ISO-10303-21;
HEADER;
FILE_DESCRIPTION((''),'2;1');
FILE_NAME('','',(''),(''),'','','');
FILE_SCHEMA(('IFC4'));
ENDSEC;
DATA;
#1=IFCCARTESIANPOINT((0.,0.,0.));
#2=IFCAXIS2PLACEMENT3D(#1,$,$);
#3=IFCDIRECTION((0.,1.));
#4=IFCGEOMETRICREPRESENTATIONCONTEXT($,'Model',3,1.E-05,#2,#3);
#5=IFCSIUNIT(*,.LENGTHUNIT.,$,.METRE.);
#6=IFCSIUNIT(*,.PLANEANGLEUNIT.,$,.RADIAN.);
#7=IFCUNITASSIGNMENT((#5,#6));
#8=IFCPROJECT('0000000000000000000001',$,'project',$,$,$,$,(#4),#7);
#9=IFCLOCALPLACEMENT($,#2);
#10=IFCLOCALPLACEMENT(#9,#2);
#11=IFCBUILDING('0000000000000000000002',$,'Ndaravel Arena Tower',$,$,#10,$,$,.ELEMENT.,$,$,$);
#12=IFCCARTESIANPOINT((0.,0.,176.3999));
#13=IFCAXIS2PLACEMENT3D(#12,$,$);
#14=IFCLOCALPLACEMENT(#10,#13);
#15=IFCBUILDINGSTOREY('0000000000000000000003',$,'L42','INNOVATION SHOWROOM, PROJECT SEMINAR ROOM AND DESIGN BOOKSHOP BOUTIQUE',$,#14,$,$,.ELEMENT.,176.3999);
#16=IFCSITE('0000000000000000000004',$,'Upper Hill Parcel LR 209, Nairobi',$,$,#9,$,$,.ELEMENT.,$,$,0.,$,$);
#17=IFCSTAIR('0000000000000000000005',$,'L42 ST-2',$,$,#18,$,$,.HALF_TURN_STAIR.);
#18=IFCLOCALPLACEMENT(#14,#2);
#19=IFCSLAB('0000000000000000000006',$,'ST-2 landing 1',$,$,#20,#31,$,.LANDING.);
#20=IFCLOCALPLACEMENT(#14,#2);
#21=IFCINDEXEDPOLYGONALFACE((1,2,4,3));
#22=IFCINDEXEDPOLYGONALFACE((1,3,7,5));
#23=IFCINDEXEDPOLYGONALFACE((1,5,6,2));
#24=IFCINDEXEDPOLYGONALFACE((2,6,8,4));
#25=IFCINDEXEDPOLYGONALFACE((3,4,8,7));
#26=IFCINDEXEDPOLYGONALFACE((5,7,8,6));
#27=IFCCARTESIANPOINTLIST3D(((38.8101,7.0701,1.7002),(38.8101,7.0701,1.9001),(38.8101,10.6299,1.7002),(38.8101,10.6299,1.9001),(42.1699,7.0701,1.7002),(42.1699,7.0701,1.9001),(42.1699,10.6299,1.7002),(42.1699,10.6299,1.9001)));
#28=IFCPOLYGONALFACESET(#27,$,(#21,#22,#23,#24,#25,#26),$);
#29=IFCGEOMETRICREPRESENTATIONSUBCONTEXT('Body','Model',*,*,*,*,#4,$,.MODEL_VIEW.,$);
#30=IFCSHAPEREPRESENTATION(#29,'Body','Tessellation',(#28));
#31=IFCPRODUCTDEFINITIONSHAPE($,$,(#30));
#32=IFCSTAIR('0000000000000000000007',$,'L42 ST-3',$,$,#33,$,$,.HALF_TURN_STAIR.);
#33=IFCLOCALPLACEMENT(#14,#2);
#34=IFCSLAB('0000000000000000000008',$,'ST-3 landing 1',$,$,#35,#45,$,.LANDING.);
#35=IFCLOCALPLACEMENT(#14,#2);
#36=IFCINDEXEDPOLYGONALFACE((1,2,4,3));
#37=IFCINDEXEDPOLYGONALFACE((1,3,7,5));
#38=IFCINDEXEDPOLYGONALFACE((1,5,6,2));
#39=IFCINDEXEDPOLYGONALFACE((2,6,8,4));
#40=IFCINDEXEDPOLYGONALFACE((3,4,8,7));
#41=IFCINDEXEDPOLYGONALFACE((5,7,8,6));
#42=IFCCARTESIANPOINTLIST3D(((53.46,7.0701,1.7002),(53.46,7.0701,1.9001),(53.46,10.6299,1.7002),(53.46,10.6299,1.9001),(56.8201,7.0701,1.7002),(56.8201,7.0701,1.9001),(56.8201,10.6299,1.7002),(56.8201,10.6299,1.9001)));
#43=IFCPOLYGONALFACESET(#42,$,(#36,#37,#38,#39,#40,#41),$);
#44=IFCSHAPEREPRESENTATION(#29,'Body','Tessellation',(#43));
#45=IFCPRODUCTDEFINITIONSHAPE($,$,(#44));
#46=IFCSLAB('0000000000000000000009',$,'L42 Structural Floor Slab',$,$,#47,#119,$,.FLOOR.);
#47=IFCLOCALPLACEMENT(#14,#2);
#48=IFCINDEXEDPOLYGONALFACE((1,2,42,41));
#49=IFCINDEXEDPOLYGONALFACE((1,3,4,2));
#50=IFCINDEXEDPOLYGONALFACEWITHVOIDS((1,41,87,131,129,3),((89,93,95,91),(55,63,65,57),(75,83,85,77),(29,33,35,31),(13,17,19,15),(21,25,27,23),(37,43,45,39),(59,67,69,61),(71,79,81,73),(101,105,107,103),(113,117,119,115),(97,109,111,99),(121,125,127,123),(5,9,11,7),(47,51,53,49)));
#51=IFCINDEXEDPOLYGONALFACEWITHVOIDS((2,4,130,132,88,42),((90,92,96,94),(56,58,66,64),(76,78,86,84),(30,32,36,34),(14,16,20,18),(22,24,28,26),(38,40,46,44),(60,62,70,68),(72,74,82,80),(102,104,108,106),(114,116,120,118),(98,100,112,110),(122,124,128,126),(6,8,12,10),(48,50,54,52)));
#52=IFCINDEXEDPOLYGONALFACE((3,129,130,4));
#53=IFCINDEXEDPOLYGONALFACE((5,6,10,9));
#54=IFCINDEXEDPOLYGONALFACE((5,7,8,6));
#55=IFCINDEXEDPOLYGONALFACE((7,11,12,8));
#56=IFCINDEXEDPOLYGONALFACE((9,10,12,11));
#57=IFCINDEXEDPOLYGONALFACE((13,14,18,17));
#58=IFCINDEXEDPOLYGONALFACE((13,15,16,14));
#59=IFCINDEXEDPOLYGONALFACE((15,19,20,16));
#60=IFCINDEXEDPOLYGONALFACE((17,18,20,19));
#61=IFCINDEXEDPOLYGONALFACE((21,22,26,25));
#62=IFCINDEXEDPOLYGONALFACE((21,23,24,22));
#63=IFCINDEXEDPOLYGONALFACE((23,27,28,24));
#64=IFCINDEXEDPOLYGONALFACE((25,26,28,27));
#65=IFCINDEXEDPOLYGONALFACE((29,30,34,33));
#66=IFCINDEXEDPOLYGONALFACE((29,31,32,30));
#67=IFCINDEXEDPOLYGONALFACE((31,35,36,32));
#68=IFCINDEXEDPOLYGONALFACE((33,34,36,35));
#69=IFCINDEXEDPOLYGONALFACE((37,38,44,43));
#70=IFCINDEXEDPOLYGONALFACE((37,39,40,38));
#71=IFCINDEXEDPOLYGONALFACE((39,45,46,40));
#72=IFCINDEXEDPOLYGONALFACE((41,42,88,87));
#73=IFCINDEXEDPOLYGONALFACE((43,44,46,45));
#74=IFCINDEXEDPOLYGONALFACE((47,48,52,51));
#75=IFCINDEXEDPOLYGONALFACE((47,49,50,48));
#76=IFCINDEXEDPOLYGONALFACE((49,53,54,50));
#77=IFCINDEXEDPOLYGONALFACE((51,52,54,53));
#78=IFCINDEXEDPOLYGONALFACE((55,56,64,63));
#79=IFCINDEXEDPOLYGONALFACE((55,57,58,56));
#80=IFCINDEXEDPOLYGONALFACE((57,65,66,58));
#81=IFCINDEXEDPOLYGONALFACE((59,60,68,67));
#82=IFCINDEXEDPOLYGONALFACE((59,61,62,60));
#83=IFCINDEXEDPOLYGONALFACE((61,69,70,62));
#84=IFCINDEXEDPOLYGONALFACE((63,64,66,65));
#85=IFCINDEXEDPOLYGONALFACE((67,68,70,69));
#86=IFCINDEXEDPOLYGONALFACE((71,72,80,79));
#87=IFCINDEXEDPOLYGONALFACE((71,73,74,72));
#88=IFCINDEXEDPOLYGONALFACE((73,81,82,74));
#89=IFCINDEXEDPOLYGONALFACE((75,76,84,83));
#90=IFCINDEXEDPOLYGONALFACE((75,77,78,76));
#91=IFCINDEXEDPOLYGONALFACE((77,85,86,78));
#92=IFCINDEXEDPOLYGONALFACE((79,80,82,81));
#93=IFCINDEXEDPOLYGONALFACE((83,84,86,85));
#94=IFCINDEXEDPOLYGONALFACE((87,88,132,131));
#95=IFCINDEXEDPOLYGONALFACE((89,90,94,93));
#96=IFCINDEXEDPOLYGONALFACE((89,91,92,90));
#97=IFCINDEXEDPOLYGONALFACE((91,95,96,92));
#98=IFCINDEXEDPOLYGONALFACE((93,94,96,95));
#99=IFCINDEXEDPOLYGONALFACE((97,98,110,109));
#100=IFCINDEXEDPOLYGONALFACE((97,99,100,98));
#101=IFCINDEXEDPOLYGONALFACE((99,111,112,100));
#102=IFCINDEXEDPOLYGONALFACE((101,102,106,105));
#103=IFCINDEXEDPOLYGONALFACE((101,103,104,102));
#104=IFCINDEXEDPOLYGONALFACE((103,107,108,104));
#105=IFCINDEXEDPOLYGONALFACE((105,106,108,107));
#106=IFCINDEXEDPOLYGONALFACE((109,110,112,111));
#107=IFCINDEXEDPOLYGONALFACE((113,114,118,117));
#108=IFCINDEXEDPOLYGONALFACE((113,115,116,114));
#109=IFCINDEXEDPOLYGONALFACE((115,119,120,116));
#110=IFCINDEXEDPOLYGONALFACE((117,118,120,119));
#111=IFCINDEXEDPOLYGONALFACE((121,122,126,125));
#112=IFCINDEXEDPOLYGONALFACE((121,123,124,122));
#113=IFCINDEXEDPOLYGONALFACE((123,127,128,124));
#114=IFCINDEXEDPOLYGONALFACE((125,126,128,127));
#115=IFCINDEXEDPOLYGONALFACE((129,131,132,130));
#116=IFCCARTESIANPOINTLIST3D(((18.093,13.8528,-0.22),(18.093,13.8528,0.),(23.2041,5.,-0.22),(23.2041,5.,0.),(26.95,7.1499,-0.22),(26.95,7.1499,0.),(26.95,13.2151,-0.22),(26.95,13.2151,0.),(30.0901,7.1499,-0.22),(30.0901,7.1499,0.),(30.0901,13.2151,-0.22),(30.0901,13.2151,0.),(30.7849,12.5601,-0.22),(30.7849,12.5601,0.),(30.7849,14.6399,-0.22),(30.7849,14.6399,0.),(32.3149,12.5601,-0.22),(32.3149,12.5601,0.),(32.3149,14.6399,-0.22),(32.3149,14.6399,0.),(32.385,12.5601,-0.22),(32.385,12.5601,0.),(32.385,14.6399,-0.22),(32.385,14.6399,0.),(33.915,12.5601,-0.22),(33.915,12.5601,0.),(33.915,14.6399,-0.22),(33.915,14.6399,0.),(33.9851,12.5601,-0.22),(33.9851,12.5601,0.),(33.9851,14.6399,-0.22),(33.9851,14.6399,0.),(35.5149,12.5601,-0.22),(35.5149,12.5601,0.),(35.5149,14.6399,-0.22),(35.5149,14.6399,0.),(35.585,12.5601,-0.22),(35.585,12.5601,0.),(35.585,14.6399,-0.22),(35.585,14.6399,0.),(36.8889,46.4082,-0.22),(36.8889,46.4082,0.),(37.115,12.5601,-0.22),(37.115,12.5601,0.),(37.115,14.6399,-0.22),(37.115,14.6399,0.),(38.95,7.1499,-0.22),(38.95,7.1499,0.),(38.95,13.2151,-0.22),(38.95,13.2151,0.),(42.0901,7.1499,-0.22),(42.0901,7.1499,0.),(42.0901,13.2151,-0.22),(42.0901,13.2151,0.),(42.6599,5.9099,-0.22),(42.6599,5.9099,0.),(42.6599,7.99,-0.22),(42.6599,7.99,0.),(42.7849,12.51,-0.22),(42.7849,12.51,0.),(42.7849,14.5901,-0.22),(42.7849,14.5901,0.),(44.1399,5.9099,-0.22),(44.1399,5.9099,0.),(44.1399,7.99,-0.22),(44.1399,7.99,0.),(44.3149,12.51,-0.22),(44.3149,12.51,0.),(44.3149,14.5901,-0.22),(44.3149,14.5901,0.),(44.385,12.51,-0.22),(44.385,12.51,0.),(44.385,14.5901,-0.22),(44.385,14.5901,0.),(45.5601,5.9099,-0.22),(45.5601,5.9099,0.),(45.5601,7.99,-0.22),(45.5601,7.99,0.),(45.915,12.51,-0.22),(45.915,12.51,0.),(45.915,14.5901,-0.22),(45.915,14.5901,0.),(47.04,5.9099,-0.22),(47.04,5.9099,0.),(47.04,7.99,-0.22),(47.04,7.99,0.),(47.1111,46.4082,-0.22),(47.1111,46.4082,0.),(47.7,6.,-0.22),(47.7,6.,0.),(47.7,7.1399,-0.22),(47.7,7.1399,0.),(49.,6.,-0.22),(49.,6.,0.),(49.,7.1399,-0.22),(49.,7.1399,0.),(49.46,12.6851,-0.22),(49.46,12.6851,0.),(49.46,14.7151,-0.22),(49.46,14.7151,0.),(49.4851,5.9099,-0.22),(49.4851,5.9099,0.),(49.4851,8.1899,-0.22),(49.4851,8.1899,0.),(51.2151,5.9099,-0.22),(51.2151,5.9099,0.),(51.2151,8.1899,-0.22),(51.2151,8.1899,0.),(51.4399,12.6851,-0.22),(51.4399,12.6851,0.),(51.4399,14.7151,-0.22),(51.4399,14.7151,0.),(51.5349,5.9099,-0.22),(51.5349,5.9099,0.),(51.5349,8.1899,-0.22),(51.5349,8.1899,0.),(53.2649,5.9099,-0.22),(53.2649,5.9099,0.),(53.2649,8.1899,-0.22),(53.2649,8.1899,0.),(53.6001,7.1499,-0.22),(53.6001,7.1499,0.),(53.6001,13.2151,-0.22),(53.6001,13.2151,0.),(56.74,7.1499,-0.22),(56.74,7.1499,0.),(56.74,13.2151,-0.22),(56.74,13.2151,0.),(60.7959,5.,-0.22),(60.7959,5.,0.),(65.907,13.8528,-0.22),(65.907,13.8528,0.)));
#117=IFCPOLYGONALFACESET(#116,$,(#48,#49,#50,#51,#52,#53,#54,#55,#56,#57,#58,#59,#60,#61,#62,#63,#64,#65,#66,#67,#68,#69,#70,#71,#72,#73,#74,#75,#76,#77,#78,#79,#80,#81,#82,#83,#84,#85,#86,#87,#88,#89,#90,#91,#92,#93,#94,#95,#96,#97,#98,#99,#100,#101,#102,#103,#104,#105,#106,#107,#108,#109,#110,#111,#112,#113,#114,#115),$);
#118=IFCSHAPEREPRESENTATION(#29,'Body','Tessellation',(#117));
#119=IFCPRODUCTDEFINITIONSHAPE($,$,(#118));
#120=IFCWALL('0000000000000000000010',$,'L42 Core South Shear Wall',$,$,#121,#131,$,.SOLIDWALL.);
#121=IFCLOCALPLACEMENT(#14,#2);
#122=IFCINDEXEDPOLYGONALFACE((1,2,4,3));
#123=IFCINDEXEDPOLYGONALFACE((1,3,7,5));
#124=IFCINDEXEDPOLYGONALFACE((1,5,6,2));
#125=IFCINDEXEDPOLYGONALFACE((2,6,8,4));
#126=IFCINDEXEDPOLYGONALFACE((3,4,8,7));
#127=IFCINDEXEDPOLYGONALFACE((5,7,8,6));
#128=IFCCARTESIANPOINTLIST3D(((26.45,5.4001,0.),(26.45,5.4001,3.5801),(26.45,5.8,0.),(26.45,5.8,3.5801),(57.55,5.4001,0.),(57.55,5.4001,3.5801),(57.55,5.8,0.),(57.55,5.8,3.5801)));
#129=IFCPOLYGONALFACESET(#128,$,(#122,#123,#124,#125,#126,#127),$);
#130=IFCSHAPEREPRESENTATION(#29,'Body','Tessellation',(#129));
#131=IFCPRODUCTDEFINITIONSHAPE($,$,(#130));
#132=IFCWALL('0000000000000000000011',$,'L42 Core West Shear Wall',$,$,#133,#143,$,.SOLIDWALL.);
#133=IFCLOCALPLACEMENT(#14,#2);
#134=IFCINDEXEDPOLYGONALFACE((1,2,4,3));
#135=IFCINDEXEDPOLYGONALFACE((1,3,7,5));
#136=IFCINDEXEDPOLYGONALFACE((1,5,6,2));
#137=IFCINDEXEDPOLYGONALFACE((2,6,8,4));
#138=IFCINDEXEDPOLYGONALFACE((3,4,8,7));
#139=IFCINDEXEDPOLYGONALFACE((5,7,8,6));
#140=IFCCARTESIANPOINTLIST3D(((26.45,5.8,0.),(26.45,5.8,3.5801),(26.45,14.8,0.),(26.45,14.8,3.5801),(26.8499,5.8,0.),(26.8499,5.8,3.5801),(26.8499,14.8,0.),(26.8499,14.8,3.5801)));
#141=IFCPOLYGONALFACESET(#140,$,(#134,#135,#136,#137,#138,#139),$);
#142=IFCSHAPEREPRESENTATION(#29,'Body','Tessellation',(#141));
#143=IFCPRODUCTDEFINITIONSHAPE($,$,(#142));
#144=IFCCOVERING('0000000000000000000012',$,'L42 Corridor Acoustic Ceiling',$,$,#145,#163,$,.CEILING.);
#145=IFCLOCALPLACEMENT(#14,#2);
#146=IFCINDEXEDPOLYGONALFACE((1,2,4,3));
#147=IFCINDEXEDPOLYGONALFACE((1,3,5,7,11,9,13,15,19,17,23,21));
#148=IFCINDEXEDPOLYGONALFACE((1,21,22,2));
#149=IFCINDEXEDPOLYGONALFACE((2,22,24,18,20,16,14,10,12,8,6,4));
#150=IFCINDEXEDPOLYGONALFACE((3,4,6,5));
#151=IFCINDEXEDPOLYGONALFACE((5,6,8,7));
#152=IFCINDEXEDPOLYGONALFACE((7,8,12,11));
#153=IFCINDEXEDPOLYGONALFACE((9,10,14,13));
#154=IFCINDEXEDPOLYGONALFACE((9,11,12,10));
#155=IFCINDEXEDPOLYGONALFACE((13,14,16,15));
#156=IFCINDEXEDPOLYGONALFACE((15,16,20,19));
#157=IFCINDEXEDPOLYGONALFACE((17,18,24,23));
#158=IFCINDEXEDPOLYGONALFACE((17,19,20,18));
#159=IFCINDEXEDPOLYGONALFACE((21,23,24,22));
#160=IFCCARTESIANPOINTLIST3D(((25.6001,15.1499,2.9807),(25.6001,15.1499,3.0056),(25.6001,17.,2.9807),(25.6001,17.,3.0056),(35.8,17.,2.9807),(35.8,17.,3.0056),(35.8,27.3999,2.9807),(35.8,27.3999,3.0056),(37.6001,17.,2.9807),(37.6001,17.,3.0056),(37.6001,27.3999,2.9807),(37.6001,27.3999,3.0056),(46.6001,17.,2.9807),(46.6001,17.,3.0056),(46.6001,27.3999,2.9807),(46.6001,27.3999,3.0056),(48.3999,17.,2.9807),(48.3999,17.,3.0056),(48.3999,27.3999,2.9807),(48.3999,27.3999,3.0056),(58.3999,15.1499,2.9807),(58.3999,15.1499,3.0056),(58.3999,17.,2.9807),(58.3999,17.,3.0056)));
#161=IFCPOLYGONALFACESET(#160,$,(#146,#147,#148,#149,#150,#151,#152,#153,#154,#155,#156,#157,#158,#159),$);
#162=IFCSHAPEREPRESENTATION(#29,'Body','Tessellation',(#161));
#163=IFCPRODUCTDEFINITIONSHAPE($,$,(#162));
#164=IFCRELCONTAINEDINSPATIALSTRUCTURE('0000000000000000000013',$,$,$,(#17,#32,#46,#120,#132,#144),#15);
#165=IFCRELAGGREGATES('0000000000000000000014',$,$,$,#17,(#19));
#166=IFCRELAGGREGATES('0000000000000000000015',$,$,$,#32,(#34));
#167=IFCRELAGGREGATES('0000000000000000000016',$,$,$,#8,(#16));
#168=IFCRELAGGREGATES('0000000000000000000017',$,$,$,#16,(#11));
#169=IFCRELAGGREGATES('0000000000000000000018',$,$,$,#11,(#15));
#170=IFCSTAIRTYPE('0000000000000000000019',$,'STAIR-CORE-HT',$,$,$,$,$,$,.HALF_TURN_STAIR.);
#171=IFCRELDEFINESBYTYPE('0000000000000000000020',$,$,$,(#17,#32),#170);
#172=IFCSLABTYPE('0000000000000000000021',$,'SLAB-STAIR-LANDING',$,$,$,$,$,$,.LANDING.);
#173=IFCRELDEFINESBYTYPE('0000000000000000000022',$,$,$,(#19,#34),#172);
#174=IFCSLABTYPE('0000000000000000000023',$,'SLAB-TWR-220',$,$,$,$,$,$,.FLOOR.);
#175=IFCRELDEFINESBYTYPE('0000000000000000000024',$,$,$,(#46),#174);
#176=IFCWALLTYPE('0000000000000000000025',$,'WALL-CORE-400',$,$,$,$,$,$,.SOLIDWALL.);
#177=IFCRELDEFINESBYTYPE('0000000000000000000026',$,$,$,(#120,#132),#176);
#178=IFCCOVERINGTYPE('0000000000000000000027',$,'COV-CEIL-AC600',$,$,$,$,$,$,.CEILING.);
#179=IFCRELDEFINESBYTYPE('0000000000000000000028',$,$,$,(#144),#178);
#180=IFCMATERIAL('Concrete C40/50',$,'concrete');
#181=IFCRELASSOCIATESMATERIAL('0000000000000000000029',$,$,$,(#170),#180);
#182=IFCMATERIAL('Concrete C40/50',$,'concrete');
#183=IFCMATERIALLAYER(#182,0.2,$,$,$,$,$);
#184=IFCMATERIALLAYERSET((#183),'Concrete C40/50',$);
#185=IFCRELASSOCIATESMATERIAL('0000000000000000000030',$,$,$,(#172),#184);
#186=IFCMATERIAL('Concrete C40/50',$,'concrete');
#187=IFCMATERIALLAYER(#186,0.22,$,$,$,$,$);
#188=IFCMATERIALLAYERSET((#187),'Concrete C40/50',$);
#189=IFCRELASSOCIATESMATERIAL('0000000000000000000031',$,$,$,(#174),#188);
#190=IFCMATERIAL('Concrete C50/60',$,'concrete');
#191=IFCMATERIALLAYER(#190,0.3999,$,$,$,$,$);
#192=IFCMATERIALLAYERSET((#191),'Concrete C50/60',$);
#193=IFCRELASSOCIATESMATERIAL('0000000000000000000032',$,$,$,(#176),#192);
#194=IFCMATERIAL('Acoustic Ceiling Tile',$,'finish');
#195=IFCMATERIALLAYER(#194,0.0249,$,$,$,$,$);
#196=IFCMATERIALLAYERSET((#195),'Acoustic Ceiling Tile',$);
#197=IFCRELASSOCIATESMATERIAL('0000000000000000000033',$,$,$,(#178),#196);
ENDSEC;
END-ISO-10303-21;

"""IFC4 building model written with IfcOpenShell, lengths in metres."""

from ifc_helpers import new_model, si_unit, direction, frame, frame_2d, origin, place, context, subcontext, project, spatial, polyline, rectangle, outline, extrude, material, layer, layer_set, type_object, element, aggregate, save


model = new_model("IFC4")

# Units and contexts
model_context = context("Model", 3, precision=1e-05, world=origin(), true_north=direction((0.0, 1.0)))
body_context = subcontext(model_context, "Body", "Model", "MODEL_VIEW")
ifc_project = project(units=[si_unit("LENGTHUNIT", "METRE"), si_unit("PLANEANGLEUNIT", "RADIAN")], contexts=[model_context])

# Site, building, storey
site_placement = place(None, origin())
site = spatial("IfcSite", under=ifc_project, at=site_placement, Name="Upper Hill Parcel LR 209, Nairobi", CompositionType="ELEMENT", RefElevation=0.0)
building_placement = place(site_placement, origin())
building = spatial("IfcBuilding", under=site, at=building_placement, Name="Ndaravel Arena Tower", CompositionType="ELEMENT")
storey_placement = place(building_placement, frame((0.0, 0.0, 176.3999)))
storey = spatial("IfcBuildingStorey", under=building, at=storey_placement, Name="L42", Description="INNOVATION SHOWROOM, PROJECT SEMINAR ROOM AND DESIGN BOOKSHOP BOUTIQUE", CompositionType="ELEMENT", Elevation=176.3999)

# Stairs, slabs
ifc_material_1 = material(Name="Concrete C40/50", Category="concrete")
stair_type = type_object("IfcStairType", Name="STAIR-CORE-HT", PredefinedType="HALF_TURN_STAIR", material=ifc_material_1)
ifc_material_2 = material(Name="Concrete C40/50", Category="concrete")
ifc_layer_1 = layer(ifc_material_2, 0.2)
ifc_layer_set_1 = layer_set([ifc_layer_1], Name="Concrete C40/50")
slab_type_1 = type_object("IfcSlabType", Name="SLAB-STAIR-LANDING", PredefinedType="LANDING", material=ifc_layer_set_1)
stair_1_placement = place(storey_placement, origin())
stair_1 = element("IfcStair", 1, at=stair_1_placement, inside=storey, type_object=stair_type, Name="L42 ST-2", PredefinedType="HALF_TURN_STAIR")
slab_1_placement = place(storey_placement, frame((0.0, 0.0, 1.7002)))
slab_1 = element("IfcSlab", 2, at=slab_1_placement, type_object=slab_type_1, Name="ST-2 landing 1", PredefinedType="LANDING", context=body_context, shape_type="SweptSolid", body=[
    extrude(outline(polyline([(38.8101, 10.6299), (38.8101, 7.0701), (42.1699, 7.0701), (42.1699, 10.6299), (38.8101, 10.6299)])), origin(), (0.0, 0.0, 1.0), 0.2),
])
aggregate(stair_1, [slab_1])
stair_2_placement = place(storey_placement, origin())
stair_2 = element("IfcStair", 3, at=stair_2_placement, inside=storey, type_object=stair_type, Name="L42 ST-3", PredefinedType="HALF_TURN_STAIR")
slab_2_placement = place(storey_placement, frame((0.0, 0.0, 1.7002)))
slab_2 = element("IfcSlab", 4, at=slab_2_placement, type_object=slab_type_1, Name="ST-3 landing 1", PredefinedType="LANDING", context=body_context, shape_type="SweptSolid", body=[
    extrude(outline(polyline([(53.46, 10.6299), (53.46, 7.0701), (56.8201, 7.0701), (56.8201, 10.6299), (53.46, 10.6299)])), origin(), (0.0, 0.0, 1.0), 0.2),
])
aggregate(stair_2, [slab_2])

# Slab
ifc_material_3 = material(Name="Concrete C40/50", Category="concrete")
ifc_layer_2 = layer(ifc_material_3, 0.22)
ifc_layer_set_2 = layer_set([ifc_layer_2], Name="Concrete C40/50")
slab_type_2 = type_object("IfcSlabType", Name="SLAB-TWR-220", PredefinedType="FLOOR", material=ifc_layer_set_2)
slab_3_placement = place(storey_placement, frame((0.0, 0.0, -0.22)))
element("IfcSlab", 5, at=slab_3_placement, inside=storey, type_object=slab_type_2, Name="L42 Structural Floor Slab", PredefinedType="FLOOR", context=body_context, shape_type="SweptSolid", body=[
    extrude(outline(polyline([(18.093, 13.8528), (23.2041, 5.0), (60.7959, 5.0), (65.907, 13.8528), (47.1111, 46.4082), (36.8889, 46.4082), (18.093, 13.8528)]), holes=[polyline([(26.95, 13.2151), (26.95, 7.1499), (30.0901, 7.1499), (30.0901, 13.2151), (26.95, 13.2151)]), polyline([(38.95, 13.2151), (38.95, 7.1499), (42.0901, 7.1499), (42.0901, 13.2151), (38.95, 13.2151)]), polyline([(53.6001, 13.2151), (53.6001, 7.1499), (56.74, 7.1499), (56.74, 13.2151), (53.6001, 13.2151)]), polyline([(30.7849, 12.5601), (32.3149, 12.5601), (32.3149, 14.6399), (30.7849, 14.6399), (30.7849, 12.5601)]), polyline([(32.385, 12.5601), (33.915, 12.5601), (33.915, 14.6399), (32.385, 14.6399), (32.385, 12.5601)]), polyline([(33.9851, 12.5601), (35.5149, 12.5601), (35.5149, 14.6399), (33.9851, 14.6399), (33.9851, 12.5601)]), polyline([(35.585, 12.5601), (37.115, 12.5601), (37.115, 14.6399), (35.585, 14.6399), (35.585, 12.5601)]), polyline([(42.6599, 5.9099), (44.1399, 5.9099), (44.1399, 7.99), (42.6599, 7.99), (42.6599, 5.9099)]), polyline([(45.5601, 5.9099), (47.04, 5.9099), (47.04, 7.99), (45.5601, 7.99), (45.5601, 5.9099)]), polyline([(42.7849, 12.51), (44.3149, 12.51), (44.3149, 14.5901), (42.7849, 14.5901), (42.7849, 12.51)]), polyline([(44.385, 12.51), (45.915, 12.51), (45.915, 14.5901), (44.385, 14.5901), (44.385, 12.51)]), polyline([(49.4851, 5.9099), (51.2151, 5.9099), (51.2151, 8.1899), (49.4851, 8.1899), (49.4851, 5.9099)]), polyline([(51.5349, 5.9099), (53.2649, 5.9099), (53.2649, 8.1899), (51.5349, 8.1899), (51.5349, 5.9099)]), polyline([(49.46, 12.6851), (51.4399, 12.6851), (51.4399, 14.7151), (49.46, 14.7151), (49.46, 12.6851)]), polyline([(47.7, 6.0), (49.0, 6.0), (49.0, 7.1399), (47.7, 7.1399), (47.7, 6.0)])]), origin(), (0.0, 0.0, 1.0), 0.22),
])

# Walls
ifc_material_4 = material(Name="Concrete C50/60", Category="concrete")
ifc_layer_3 = layer(ifc_material_4, 0.3999)
ifc_layer_set_3 = layer_set([ifc_layer_3], Name="Concrete C50/60")
wall_type = type_object("IfcWallType", Name="WALL-CORE-400", PredefinedType="SOLIDWALL", material=ifc_layer_set_3)
wall_1_placement = place(storey_placement, frame((26.45, 5.6001, 0.0), z_axis=(0.0, 0.0, 1.0), x_axis=(1.0, 0.0, 0.0)))
element("IfcWall", 6, at=wall_1_placement, inside=storey, type_object=wall_type, Name="L42 Core South Shear Wall", PredefinedType="SOLIDWALL", context=body_context, shape_type="SweptSolid", body=[
    extrude(rectangle(XDim=31.1001, YDim=0.3999, at=frame_2d((15.55, 0.0))), origin(), (0.0, 0.0, 1.0), 3.5801),
])
wall_2_placement = place(storey_placement, frame((26.6499, 5.8, 0.0), z_axis=(0.0, 0.0, 1.0), x_axis=(0.0, 1.0, 0.0)))
element("IfcWall", 7, at=wall_2_placement, inside=storey, type_object=wall_type, Name="L42 Core West Shear Wall", PredefinedType="SOLIDWALL", context=body_context, shape_type="SweptSolid", body=[
    extrude(rectangle(XDim=9.0, YDim=0.3999, at=frame_2d((4.5, 0.0))), origin(), (0.0, 0.0, 1.0), 3.5801),
])

# Covering
ifc_material_5 = material(Name="Acoustic Ceiling Tile", Category="finish")
ifc_layer_4 = layer(ifc_material_5, 0.0249)
ifc_layer_set_4 = layer_set([ifc_layer_4], Name="Acoustic Ceiling Tile")
covering_type_1 = type_object("IfcCoveringType", Name="COV-CEIL-AC600", PredefinedType="CEILING", material=ifc_layer_set_4)
covering_1_placement = place(storey_placement, frame((0.0, 0.0, 2.9807)))
element("IfcCovering", 8, at=covering_1_placement, inside=storey, type_object=covering_type_1, Name="L42 Corridor Acoustic Ceiling", PredefinedType="CEILING", context=body_context, shape_type="SweptSolid", body=[
    extrude(outline(polyline([(58.3999, 17.0), (48.3999, 17.0), (48.3999, 27.3999), (46.6001, 27.3999), (46.6001, 17.0), (37.6001, 17.0), (37.6001, 27.3999), (35.8, 27.3999), (35.8, 17.0), (25.6001, 17.0), (25.6001, 15.1499), (58.3999, 15.1499), (58.3999, 17.0)])), origin(), (0.0, 0.0, 1.0), 0.0249),
])

save(model, "model.ifc")
